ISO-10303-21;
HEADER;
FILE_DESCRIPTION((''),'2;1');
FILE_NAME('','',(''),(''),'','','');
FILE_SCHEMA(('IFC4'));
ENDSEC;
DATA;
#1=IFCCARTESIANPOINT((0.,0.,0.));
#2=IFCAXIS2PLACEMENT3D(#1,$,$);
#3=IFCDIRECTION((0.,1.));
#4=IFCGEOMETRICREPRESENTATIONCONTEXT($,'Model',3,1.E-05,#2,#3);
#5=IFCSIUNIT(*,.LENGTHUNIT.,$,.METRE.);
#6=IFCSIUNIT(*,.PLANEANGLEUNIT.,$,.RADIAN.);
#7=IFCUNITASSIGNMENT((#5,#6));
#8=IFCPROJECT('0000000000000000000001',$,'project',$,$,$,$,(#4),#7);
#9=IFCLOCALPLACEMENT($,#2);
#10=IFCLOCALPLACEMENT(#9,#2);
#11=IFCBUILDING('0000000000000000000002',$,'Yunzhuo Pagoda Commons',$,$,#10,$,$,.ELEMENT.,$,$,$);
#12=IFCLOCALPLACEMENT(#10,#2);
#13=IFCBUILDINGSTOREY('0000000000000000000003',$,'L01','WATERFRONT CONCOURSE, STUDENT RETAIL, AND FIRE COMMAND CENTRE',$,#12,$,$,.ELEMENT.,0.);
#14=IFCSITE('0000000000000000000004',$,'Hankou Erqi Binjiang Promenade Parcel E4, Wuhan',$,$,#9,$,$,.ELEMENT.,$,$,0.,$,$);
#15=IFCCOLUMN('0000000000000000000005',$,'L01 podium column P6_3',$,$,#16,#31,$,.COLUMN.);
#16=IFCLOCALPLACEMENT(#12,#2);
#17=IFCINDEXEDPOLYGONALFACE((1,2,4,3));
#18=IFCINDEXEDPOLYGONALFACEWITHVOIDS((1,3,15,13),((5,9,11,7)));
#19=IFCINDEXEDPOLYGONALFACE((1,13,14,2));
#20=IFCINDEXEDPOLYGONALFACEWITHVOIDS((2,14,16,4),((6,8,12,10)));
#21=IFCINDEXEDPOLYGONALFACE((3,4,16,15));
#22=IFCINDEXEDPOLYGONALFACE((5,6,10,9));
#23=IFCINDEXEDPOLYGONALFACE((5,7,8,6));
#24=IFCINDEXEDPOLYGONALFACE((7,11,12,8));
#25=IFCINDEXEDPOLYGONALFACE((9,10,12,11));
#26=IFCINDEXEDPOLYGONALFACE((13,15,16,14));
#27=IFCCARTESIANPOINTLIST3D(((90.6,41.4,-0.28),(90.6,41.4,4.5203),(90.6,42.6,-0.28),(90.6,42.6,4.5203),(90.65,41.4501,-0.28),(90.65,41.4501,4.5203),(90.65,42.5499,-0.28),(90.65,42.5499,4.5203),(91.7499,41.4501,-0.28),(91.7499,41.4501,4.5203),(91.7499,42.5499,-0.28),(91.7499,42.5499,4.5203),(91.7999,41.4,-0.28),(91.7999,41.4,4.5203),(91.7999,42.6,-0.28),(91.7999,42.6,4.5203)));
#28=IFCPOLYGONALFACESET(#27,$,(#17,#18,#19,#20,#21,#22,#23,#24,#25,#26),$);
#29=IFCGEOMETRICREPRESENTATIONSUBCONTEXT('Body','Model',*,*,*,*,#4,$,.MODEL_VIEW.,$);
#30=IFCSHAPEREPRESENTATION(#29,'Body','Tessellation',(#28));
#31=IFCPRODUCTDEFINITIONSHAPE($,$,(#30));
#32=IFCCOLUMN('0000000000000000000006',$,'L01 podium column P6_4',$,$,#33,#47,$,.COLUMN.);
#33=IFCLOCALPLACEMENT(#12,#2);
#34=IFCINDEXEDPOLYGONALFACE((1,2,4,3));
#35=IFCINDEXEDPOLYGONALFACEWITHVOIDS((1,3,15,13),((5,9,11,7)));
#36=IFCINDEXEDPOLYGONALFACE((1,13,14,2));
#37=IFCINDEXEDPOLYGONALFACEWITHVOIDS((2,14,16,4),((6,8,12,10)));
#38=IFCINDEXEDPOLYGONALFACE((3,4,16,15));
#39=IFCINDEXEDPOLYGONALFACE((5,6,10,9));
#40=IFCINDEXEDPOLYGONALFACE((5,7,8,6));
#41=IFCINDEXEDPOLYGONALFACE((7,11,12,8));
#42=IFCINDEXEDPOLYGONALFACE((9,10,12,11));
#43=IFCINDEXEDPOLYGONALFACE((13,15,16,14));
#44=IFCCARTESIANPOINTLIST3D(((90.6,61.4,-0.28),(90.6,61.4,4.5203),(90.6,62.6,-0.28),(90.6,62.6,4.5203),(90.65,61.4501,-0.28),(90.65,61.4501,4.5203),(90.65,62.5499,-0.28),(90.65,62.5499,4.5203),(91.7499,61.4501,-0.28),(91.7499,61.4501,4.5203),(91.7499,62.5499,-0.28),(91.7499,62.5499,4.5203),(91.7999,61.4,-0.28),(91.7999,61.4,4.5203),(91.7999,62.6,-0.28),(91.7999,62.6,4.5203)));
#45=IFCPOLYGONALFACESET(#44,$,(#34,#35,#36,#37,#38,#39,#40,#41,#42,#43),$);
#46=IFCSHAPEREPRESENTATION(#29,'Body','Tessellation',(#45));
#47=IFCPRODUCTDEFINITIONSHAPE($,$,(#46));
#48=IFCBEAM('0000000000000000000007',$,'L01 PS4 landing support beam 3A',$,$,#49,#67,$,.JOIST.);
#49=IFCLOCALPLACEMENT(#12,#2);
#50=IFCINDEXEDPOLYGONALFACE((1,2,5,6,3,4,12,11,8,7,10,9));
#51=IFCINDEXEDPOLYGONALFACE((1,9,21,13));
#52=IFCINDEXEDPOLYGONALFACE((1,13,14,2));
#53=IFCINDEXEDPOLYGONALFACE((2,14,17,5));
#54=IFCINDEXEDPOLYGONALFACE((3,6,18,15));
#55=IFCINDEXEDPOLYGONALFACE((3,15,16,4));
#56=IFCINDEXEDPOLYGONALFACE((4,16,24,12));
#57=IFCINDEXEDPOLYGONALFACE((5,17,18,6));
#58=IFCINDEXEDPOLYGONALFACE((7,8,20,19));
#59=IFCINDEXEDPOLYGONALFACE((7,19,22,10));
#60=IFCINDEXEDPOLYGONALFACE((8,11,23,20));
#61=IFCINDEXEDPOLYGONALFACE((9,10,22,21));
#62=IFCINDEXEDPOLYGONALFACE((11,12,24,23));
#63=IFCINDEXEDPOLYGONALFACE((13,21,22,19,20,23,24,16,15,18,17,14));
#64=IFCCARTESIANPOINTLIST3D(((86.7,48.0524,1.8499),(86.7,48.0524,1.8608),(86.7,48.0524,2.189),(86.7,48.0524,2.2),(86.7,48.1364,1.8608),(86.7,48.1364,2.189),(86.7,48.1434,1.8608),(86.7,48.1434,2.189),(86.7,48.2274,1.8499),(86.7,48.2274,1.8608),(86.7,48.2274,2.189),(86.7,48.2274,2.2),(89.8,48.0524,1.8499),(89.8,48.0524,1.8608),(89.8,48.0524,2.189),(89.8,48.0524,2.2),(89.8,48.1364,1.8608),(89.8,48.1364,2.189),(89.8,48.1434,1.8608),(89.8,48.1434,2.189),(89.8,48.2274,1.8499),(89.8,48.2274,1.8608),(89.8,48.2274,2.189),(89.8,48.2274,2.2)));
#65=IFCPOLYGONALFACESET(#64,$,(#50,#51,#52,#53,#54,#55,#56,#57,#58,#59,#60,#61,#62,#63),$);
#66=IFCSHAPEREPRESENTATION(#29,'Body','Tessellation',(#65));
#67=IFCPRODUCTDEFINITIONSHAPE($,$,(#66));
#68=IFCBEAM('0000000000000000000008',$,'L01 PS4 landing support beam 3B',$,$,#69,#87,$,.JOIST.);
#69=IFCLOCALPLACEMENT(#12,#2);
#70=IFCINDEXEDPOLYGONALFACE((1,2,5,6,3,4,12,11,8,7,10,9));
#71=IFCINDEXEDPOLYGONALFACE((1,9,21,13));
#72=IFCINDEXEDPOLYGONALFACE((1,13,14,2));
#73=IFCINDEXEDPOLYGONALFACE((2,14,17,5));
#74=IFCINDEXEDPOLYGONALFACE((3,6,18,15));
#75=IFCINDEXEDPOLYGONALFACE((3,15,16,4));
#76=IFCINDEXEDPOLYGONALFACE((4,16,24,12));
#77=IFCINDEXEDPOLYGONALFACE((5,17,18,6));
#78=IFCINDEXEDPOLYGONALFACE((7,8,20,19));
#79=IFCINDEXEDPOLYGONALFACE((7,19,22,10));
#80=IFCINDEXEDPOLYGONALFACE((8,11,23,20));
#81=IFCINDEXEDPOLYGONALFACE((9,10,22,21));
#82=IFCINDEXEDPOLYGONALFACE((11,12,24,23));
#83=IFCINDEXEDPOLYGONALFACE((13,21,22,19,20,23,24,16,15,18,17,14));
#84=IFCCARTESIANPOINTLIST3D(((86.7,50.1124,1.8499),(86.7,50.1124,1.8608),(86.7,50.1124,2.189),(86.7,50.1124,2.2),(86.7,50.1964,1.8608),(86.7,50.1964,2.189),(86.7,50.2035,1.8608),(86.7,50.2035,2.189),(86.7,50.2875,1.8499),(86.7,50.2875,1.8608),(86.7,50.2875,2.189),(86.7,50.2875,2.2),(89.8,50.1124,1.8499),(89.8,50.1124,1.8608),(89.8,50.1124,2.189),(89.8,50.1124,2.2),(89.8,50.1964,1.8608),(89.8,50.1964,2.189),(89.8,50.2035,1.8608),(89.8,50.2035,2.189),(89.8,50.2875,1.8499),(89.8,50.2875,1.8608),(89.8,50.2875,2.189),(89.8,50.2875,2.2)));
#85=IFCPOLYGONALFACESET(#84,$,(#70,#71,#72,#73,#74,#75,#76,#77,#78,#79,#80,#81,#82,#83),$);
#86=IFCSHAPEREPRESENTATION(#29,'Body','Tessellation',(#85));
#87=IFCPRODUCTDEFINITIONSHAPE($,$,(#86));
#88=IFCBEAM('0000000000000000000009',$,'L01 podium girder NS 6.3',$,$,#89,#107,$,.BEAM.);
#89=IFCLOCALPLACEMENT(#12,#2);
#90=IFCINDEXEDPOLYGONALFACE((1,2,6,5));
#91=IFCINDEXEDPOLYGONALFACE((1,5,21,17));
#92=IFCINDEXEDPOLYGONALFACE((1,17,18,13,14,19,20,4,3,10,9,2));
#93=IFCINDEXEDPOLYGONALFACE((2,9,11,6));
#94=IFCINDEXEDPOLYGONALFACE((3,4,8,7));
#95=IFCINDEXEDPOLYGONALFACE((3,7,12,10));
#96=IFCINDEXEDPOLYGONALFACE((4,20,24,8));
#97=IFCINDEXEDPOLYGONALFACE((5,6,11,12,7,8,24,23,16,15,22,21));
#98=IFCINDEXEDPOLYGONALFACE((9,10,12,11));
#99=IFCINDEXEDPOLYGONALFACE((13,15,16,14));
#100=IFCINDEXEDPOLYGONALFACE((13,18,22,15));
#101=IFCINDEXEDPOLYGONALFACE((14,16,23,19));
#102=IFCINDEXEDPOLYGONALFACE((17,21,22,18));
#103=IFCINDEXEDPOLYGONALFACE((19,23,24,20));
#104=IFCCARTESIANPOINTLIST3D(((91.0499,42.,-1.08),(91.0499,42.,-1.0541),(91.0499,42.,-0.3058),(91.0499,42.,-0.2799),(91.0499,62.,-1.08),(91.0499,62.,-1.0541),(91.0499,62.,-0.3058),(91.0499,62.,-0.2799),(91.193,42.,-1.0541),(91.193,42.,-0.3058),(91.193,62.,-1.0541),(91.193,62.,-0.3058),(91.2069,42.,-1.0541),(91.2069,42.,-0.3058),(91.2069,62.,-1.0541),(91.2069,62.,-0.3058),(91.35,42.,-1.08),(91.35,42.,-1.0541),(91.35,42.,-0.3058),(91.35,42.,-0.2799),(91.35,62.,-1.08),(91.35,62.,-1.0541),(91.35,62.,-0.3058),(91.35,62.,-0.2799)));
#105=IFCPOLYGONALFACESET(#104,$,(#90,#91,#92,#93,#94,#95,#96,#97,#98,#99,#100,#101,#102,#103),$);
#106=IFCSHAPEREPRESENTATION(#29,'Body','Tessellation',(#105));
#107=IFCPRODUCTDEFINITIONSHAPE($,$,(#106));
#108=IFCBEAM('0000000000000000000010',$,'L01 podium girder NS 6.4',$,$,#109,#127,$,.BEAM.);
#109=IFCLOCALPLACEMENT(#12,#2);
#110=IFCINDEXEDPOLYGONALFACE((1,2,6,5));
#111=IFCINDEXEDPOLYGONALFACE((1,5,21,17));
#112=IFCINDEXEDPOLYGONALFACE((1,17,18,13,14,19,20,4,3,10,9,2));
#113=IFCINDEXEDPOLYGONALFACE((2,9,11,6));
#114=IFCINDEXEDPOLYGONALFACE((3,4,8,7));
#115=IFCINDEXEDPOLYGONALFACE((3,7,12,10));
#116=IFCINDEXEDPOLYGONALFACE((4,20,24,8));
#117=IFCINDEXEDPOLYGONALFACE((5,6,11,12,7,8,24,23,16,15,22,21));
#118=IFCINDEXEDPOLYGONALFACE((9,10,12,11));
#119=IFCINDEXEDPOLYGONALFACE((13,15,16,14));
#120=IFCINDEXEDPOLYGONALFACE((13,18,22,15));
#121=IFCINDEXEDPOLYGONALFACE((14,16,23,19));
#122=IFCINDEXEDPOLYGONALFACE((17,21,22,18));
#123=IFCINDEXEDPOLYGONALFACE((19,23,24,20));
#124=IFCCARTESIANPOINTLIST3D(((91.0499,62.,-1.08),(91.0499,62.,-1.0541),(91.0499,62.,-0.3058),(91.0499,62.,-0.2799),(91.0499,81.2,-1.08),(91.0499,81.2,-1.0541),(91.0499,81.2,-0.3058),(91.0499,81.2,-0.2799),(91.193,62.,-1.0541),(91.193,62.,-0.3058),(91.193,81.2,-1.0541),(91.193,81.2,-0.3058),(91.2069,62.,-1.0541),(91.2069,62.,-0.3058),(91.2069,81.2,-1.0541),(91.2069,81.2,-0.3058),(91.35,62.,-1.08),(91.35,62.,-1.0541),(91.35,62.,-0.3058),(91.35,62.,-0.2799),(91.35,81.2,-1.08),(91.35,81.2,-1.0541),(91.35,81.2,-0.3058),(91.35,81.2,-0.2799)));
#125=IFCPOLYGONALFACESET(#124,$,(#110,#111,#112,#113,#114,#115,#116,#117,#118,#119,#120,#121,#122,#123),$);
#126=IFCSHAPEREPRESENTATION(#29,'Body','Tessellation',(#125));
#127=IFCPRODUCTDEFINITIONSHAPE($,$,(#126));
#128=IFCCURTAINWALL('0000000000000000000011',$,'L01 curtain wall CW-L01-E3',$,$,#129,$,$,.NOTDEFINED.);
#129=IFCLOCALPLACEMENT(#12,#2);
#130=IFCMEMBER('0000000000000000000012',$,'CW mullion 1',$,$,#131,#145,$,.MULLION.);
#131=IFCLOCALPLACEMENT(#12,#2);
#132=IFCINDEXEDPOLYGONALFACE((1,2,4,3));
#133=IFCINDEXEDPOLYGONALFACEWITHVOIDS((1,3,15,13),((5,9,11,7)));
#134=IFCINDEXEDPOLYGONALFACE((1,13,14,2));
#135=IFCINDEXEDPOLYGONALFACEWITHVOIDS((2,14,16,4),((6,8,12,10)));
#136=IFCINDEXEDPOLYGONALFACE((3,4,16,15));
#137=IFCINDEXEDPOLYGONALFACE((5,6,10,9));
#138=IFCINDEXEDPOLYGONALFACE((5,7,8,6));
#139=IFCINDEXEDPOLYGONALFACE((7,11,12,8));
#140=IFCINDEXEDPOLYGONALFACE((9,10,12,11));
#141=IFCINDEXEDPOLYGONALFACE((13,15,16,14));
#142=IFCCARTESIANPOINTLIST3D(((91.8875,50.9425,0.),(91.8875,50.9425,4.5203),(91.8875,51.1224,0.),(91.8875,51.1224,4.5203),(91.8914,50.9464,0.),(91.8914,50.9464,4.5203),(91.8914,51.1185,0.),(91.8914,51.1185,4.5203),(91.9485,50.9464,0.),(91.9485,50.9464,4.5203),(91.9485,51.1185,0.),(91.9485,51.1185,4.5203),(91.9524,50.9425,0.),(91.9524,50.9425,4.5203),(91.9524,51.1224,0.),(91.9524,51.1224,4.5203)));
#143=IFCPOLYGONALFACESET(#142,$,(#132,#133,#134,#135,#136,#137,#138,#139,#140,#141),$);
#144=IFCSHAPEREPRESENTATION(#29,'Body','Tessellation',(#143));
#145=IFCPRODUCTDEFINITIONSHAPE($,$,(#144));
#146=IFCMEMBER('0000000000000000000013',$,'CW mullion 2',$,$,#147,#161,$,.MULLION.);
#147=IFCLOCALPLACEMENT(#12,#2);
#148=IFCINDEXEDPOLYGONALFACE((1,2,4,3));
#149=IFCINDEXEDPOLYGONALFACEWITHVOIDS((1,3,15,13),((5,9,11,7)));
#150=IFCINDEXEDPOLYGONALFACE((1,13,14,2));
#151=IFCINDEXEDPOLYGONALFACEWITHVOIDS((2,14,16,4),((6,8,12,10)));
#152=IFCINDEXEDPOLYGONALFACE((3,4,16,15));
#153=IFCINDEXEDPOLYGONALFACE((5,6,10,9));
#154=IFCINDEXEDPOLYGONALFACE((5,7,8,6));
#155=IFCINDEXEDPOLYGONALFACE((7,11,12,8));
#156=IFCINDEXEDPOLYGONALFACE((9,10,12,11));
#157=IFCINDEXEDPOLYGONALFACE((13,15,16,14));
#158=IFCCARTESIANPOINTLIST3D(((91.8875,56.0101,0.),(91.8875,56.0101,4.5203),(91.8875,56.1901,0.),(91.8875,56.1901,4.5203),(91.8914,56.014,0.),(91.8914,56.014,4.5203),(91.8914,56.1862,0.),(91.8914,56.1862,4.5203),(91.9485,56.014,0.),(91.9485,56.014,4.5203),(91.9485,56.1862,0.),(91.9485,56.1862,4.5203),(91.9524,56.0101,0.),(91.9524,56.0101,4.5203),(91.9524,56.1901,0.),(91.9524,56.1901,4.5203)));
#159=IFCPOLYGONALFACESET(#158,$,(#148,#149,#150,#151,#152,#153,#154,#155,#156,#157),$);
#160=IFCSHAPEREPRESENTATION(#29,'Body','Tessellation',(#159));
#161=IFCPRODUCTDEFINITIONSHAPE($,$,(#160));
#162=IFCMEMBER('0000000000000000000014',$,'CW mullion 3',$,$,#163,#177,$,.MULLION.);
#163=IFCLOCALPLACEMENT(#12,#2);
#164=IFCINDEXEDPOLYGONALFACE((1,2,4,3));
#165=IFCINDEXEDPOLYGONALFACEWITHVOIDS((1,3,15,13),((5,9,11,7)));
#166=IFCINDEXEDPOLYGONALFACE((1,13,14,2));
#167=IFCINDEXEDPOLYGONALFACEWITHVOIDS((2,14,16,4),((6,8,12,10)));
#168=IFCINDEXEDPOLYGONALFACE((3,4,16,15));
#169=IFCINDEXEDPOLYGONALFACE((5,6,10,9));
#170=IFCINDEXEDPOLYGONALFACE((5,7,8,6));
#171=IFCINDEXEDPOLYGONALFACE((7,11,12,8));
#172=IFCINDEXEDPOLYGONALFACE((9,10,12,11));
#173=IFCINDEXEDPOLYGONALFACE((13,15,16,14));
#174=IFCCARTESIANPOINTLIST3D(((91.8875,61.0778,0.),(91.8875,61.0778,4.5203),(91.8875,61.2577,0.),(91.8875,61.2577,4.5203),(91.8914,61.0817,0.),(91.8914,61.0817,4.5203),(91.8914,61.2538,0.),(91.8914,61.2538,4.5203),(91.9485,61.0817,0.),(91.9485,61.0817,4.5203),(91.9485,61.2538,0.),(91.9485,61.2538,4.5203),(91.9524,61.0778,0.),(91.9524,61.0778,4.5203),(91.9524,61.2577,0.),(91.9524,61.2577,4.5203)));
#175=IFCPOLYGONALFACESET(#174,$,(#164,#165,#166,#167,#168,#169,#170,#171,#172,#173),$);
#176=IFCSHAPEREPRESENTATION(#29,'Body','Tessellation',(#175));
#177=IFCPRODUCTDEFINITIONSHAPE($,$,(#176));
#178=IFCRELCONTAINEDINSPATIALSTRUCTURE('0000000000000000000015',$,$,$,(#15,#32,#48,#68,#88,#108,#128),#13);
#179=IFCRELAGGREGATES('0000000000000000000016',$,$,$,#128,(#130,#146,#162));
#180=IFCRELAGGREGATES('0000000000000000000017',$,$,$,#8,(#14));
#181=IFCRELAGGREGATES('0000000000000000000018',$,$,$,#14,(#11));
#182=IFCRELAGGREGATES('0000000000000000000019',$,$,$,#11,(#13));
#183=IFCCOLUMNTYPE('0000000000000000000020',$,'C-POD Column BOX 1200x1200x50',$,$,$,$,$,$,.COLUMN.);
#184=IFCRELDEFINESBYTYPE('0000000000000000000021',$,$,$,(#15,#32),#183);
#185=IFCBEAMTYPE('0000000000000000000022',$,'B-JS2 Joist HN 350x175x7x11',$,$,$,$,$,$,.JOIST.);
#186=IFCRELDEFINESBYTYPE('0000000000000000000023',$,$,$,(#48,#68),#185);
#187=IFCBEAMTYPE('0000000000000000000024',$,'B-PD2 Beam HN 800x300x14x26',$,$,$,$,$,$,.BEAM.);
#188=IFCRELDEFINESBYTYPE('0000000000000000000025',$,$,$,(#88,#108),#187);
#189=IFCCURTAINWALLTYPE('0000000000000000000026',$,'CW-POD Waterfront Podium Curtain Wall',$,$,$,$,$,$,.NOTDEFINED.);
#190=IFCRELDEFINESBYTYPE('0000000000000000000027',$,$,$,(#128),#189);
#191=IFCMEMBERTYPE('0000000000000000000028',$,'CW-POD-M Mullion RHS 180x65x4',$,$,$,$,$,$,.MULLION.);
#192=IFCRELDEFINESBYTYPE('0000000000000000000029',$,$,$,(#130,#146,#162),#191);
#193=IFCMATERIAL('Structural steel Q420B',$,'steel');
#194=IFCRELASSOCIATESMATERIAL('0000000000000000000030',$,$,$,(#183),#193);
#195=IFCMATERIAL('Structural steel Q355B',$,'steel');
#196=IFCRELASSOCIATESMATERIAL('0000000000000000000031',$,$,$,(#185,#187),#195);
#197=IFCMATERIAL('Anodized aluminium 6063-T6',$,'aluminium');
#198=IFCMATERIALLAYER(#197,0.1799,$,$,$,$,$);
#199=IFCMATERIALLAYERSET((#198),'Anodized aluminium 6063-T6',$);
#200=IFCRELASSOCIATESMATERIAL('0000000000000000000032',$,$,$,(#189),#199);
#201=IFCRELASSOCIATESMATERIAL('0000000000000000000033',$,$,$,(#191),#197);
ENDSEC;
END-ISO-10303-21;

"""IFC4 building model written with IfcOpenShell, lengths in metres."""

from ifc_helpers import new_model, si_unit, direction, frame, origin, origin_2d, place, context, subcontext, project, spatial, hollow_rectangle, i_section, extrude, source, transform, mapped, material, layer, layer_set, material_profile, profile_set, type_object, element, aggregate, save


model = new_model("IFC4")

# Units and contexts
model_context = context("Model", 3, precision=1e-05, world=origin(), true_north=direction((0.0, 1.0)))
body_context = subcontext(model_context, "Body", "Model", "MODEL_VIEW")
ifc_project = project(units=[si_unit("LENGTHUNIT", "METRE"), si_unit("PLANEANGLEUNIT", "RADIAN")], contexts=[model_context])

# Site, building, storey
site_placement = place(None, origin())
site = spatial("IfcSite", under=ifc_project, at=site_placement, Name="Hankou Erqi Binjiang Promenade Parcel E4, Wuhan", CompositionType="ELEMENT", RefElevation=0.0)
building_placement = place(site_placement, origin())
building = spatial("IfcBuilding", under=site, at=building_placement, Name="Yunzhuo Pagoda Commons", CompositionType="ELEMENT")
storey_placement = place(building_placement, origin())
storey = spatial("IfcBuildingStorey", under=building, at=storey_placement, Name="L01", Description="WATERFRONT CONCOURSE, STUDENT RETAIL, AND FIRE COMMAND CENTRE", CompositionType="ELEMENT", Elevation=0.0)

# Columns
ifc_material_1 = material(Name="Structural steel Q420B", Category="steel")
ifc_material_profile_1 = material_profile(ifc_material_1, hollow_rectangle(XDim=1.2, YDim=1.2, WallThickness=0.05, at=origin_2d()), Name="Structural steel Q420B")
ifc_profile_set_1 = profile_set([ifc_material_profile_1], Name="Structural steel Q420B")
column_type = type_object("IfcColumnType", Name="C-POD Column BOX 1200x1200x50", PredefinedType="COLUMN", material=ifc_profile_set_1)
shared_shape_1 = source(origin(), body_context, "Body", "SweptSolid", [
    extrude(hollow_rectangle(XDim=1.2, YDim=1.2, WallThickness=0.05, at=origin_2d()), origin(), (0.0, 0.0, 1.0), 4.8003),
])
for number, where, z_axis, x_axis, name in (
    (1, (91.2, 42.0, -0.28), (0.0, 0.0, 1.0), (1.0, 0.0, 0.0), "L01 podium column P6_3"),
    (2, (91.2, 62.0, -0.28), (0.0, 0.0, 1.0), (1.0, 0.0, 0.0), "L01 podium column P6_4"),
):
    element("IfcColumn", number, at=place(storey_placement, frame(where, z_axis=z_axis, x_axis=x_axis)), inside=storey, type_object=column_type, Name=name, PredefinedType="COLUMN", context=body_context, shape_type="MappedRepresentation", body=[
        mapped(shared_shape_1, transform((0.0, 0.0, 0.0), scale=1.0)),
    ])

# Beams
ifc_material_2 = material(Name="Structural steel Q355B", Category="steel")
ifc_material_profile_2 = material_profile(ifc_material_2, i_section(OverallWidth=0.175, OverallDepth=0.3501, WebThickness=0.0071, FlangeThickness=0.011, at=origin_2d()), Name="Structural steel Q355B")
ifc_profile_set_2 = profile_set([ifc_material_profile_2], Name="Structural steel Q355B")
beam_type_1 = type_object("IfcBeamType", Name="B-JS2 Joist HN 350x175x7x11", PredefinedType="JOIST", material=ifc_profile_set_2)
shared_shape_2 = source(origin(), body_context, "Body", "SweptSolid", [
    extrude(i_section(OverallWidth=0.175, OverallDepth=0.3501, WebThickness=0.0071, FlangeThickness=0.011, at=origin_2d()), origin(), (0.0, 0.0, 1.0), 3.1001),
])
for number, where, z_axis, x_axis, name in (
    (3, (86.7, 48.1399, 2.0249), (1.0, 0.0, 0.0), (0.0, 1.0, 0.0), "L01 PS4 landing support beam 3A"),
    (4, (86.7, 50.2, 2.0249), (1.0, 0.0, 0.0), (0.0, 1.0, 0.0), "L01 PS4 landing support beam 3B"),
):
    element("IfcBeam", number, at=place(storey_placement, frame(where, z_axis=z_axis, x_axis=x_axis)), inside=storey, type_object=beam_type_1, Name=name, PredefinedType="JOIST", context=body_context, shape_type="MappedRepresentation", body=[
        mapped(shared_shape_2, transform((0.0, 0.0, 0.0), scale=1.0)),
    ])
ifc_material_profile_3 = material_profile(ifc_material_2, i_section(OverallWidth=0.3, OverallDepth=0.8, WebThickness=0.0139, FlangeThickness=0.0259, at=origin_2d()), Name="Structural steel Q355B")
ifc_profile_set_3 = profile_set([ifc_material_profile_3], Name="Structural steel Q355B")
beam_type_2 = type_object("IfcBeamType", Name="B-PD2 Beam HN 800x300x14x26", PredefinedType="BEAM", material=ifc_profile_set_3)
shared_shape_3 = source(origin(), body_context, "Body", "SweptSolid", [
    extrude(i_section(OverallWidth=0.3, OverallDepth=0.8, WebThickness=0.0139, FlangeThickness=0.0259, at=origin_2d()), origin(), (0.0, 0.0, 1.0), 20.0),
])
beam_1_placement = place(storey_placement, frame((91.2, 42.0, -0.6799), z_axis=(0.0, 1.0, 0.0), x_axis=(-1.0, 0.0, 0.0)))
element("IfcBeam", 5, at=beam_1_placement, inside=storey, type_object=beam_type_2, Name="L01 podium girder NS 6.3", PredefinedType="BEAM", context=body_context, shape_type="MappedRepresentation", body=[
    mapped(shared_shape_3, transform((0.0, 0.0, 0.0), scale=1.0)),
])
shared_shape_4 = source(origin(), body_context, "Body", "SweptSolid", [
    extrude(i_section(OverallWidth=0.3, OverallDepth=0.8, WebThickness=0.0139, FlangeThickness=0.0259, at=origin_2d()), origin(), (0.0, 0.0, 1.0), 19.2),
])
beam_2_placement = place(storey_placement, frame((91.2, 62.0, -0.6799), z_axis=(0.0, 1.0, 0.0), x_axis=(-1.0, 0.0, 0.0)))
element("IfcBeam", 6, at=beam_2_placement, inside=storey, type_object=beam_type_2, Name="L01 podium girder NS 6.4", PredefinedType="BEAM", context=body_context, shape_type="MappedRepresentation", body=[
    mapped(shared_shape_4, transform((0.0, 0.0, 0.0), scale=1.0)),
])

# Curtain wall, members
ifc_material_3 = material(Name="Anodized aluminium 6063-T6", Category="aluminium")
ifc_layer_1 = layer(ifc_material_3, 0.1799)
ifc_layer_set_1 = layer_set([ifc_layer_1], Name="Anodized aluminium 6063-T6")
curtain_wall_type = type_object("IfcCurtainWallType", Name="CW-POD Waterfront Podium Curtain Wall", PredefinedType="NOTDEFINED", material=ifc_layer_set_1)
curtain_wall_1_placement = place(storey_placement, origin())
curtain_wall_1 = element("IfcCurtainWall", 7, at=curtain_wall_1_placement, inside=storey, type_object=curtain_wall_type, Name="L01 curtain wall CW-L01-E3", PredefinedType="NOTDEFINED")
ifc_material_profile_4 = material_profile(ifc_material_3, hollow_rectangle(XDim=0.0649, YDim=0.1799, WallThickness=0.0039, at=origin_2d()), Name="Anodized aluminium 6063-T6")
ifc_profile_set_4 = profile_set([ifc_material_profile_4], Name="Anodized aluminium 6063-T6")
member_type_1 = type_object("IfcMemberType", Name="CW-POD-M Mullion RHS 180x65x4", PredefinedType="MULLION", material=ifc_profile_set_4)
shared_shape_5 = source(origin(), body_context, "Body", "SweptSolid", [
    extrude(hollow_rectangle(XDim=0.0649, YDim=0.1799, WallThickness=0.0039, at=origin_2d()), origin(), (0.0, 0.0, 1.0), 4.5203),
])
member_1_placement = place(storey_placement, frame((91.9199, 51.0325, 0.0), z_axis=(0.0, 0.0, 1.0), x_axis=(-1.0, 0.0, 0.0)))
member_1 = element("IfcMember", 8, at=member_1_placement, type_object=member_type_1, Name="CW mullion 1", PredefinedType="MULLION", context=body_context, shape_type="MappedRepresentation", body=[
    mapped(shared_shape_5, transform((0.0, 0.0, 0.0), scale=1.0)),
])
member_2_placement = place(storey_placement, frame((91.9199, 56.1001, 0.0), z_axis=(0.0, 0.0, 1.0), x_axis=(-1.0, 0.0, 0.0)))
member_2 = element("IfcMember", 9, at=member_2_placement, type_object=member_type_1, Name="CW mullion 2", PredefinedType="MULLION", context=body_context, shape_type="MappedRepresentation", body=[
    mapped(shared_shape_5, transform((0.0, 0.0, 0.0), scale=1.0)),
])
member_3_placement = place(storey_placement, frame((91.9199, 61.1677, 0.0), z_axis=(0.0, 0.0, 1.0), x_axis=(-1.0, 0.0, 0.0)))
member_3 = element("IfcMember", 10, at=member_3_placement, type_object=member_type_1, Name="CW mullion 3", PredefinedType="MULLION", context=body_context, shape_type="MappedRepresentation", body=[
    mapped(shared_shape_5, transform((0.0, 0.0, 0.0), scale=1.0)),
])

aggregate(curtain_wall_1, [member_1, member_2, member_3])

save(model, "model.ifc")
